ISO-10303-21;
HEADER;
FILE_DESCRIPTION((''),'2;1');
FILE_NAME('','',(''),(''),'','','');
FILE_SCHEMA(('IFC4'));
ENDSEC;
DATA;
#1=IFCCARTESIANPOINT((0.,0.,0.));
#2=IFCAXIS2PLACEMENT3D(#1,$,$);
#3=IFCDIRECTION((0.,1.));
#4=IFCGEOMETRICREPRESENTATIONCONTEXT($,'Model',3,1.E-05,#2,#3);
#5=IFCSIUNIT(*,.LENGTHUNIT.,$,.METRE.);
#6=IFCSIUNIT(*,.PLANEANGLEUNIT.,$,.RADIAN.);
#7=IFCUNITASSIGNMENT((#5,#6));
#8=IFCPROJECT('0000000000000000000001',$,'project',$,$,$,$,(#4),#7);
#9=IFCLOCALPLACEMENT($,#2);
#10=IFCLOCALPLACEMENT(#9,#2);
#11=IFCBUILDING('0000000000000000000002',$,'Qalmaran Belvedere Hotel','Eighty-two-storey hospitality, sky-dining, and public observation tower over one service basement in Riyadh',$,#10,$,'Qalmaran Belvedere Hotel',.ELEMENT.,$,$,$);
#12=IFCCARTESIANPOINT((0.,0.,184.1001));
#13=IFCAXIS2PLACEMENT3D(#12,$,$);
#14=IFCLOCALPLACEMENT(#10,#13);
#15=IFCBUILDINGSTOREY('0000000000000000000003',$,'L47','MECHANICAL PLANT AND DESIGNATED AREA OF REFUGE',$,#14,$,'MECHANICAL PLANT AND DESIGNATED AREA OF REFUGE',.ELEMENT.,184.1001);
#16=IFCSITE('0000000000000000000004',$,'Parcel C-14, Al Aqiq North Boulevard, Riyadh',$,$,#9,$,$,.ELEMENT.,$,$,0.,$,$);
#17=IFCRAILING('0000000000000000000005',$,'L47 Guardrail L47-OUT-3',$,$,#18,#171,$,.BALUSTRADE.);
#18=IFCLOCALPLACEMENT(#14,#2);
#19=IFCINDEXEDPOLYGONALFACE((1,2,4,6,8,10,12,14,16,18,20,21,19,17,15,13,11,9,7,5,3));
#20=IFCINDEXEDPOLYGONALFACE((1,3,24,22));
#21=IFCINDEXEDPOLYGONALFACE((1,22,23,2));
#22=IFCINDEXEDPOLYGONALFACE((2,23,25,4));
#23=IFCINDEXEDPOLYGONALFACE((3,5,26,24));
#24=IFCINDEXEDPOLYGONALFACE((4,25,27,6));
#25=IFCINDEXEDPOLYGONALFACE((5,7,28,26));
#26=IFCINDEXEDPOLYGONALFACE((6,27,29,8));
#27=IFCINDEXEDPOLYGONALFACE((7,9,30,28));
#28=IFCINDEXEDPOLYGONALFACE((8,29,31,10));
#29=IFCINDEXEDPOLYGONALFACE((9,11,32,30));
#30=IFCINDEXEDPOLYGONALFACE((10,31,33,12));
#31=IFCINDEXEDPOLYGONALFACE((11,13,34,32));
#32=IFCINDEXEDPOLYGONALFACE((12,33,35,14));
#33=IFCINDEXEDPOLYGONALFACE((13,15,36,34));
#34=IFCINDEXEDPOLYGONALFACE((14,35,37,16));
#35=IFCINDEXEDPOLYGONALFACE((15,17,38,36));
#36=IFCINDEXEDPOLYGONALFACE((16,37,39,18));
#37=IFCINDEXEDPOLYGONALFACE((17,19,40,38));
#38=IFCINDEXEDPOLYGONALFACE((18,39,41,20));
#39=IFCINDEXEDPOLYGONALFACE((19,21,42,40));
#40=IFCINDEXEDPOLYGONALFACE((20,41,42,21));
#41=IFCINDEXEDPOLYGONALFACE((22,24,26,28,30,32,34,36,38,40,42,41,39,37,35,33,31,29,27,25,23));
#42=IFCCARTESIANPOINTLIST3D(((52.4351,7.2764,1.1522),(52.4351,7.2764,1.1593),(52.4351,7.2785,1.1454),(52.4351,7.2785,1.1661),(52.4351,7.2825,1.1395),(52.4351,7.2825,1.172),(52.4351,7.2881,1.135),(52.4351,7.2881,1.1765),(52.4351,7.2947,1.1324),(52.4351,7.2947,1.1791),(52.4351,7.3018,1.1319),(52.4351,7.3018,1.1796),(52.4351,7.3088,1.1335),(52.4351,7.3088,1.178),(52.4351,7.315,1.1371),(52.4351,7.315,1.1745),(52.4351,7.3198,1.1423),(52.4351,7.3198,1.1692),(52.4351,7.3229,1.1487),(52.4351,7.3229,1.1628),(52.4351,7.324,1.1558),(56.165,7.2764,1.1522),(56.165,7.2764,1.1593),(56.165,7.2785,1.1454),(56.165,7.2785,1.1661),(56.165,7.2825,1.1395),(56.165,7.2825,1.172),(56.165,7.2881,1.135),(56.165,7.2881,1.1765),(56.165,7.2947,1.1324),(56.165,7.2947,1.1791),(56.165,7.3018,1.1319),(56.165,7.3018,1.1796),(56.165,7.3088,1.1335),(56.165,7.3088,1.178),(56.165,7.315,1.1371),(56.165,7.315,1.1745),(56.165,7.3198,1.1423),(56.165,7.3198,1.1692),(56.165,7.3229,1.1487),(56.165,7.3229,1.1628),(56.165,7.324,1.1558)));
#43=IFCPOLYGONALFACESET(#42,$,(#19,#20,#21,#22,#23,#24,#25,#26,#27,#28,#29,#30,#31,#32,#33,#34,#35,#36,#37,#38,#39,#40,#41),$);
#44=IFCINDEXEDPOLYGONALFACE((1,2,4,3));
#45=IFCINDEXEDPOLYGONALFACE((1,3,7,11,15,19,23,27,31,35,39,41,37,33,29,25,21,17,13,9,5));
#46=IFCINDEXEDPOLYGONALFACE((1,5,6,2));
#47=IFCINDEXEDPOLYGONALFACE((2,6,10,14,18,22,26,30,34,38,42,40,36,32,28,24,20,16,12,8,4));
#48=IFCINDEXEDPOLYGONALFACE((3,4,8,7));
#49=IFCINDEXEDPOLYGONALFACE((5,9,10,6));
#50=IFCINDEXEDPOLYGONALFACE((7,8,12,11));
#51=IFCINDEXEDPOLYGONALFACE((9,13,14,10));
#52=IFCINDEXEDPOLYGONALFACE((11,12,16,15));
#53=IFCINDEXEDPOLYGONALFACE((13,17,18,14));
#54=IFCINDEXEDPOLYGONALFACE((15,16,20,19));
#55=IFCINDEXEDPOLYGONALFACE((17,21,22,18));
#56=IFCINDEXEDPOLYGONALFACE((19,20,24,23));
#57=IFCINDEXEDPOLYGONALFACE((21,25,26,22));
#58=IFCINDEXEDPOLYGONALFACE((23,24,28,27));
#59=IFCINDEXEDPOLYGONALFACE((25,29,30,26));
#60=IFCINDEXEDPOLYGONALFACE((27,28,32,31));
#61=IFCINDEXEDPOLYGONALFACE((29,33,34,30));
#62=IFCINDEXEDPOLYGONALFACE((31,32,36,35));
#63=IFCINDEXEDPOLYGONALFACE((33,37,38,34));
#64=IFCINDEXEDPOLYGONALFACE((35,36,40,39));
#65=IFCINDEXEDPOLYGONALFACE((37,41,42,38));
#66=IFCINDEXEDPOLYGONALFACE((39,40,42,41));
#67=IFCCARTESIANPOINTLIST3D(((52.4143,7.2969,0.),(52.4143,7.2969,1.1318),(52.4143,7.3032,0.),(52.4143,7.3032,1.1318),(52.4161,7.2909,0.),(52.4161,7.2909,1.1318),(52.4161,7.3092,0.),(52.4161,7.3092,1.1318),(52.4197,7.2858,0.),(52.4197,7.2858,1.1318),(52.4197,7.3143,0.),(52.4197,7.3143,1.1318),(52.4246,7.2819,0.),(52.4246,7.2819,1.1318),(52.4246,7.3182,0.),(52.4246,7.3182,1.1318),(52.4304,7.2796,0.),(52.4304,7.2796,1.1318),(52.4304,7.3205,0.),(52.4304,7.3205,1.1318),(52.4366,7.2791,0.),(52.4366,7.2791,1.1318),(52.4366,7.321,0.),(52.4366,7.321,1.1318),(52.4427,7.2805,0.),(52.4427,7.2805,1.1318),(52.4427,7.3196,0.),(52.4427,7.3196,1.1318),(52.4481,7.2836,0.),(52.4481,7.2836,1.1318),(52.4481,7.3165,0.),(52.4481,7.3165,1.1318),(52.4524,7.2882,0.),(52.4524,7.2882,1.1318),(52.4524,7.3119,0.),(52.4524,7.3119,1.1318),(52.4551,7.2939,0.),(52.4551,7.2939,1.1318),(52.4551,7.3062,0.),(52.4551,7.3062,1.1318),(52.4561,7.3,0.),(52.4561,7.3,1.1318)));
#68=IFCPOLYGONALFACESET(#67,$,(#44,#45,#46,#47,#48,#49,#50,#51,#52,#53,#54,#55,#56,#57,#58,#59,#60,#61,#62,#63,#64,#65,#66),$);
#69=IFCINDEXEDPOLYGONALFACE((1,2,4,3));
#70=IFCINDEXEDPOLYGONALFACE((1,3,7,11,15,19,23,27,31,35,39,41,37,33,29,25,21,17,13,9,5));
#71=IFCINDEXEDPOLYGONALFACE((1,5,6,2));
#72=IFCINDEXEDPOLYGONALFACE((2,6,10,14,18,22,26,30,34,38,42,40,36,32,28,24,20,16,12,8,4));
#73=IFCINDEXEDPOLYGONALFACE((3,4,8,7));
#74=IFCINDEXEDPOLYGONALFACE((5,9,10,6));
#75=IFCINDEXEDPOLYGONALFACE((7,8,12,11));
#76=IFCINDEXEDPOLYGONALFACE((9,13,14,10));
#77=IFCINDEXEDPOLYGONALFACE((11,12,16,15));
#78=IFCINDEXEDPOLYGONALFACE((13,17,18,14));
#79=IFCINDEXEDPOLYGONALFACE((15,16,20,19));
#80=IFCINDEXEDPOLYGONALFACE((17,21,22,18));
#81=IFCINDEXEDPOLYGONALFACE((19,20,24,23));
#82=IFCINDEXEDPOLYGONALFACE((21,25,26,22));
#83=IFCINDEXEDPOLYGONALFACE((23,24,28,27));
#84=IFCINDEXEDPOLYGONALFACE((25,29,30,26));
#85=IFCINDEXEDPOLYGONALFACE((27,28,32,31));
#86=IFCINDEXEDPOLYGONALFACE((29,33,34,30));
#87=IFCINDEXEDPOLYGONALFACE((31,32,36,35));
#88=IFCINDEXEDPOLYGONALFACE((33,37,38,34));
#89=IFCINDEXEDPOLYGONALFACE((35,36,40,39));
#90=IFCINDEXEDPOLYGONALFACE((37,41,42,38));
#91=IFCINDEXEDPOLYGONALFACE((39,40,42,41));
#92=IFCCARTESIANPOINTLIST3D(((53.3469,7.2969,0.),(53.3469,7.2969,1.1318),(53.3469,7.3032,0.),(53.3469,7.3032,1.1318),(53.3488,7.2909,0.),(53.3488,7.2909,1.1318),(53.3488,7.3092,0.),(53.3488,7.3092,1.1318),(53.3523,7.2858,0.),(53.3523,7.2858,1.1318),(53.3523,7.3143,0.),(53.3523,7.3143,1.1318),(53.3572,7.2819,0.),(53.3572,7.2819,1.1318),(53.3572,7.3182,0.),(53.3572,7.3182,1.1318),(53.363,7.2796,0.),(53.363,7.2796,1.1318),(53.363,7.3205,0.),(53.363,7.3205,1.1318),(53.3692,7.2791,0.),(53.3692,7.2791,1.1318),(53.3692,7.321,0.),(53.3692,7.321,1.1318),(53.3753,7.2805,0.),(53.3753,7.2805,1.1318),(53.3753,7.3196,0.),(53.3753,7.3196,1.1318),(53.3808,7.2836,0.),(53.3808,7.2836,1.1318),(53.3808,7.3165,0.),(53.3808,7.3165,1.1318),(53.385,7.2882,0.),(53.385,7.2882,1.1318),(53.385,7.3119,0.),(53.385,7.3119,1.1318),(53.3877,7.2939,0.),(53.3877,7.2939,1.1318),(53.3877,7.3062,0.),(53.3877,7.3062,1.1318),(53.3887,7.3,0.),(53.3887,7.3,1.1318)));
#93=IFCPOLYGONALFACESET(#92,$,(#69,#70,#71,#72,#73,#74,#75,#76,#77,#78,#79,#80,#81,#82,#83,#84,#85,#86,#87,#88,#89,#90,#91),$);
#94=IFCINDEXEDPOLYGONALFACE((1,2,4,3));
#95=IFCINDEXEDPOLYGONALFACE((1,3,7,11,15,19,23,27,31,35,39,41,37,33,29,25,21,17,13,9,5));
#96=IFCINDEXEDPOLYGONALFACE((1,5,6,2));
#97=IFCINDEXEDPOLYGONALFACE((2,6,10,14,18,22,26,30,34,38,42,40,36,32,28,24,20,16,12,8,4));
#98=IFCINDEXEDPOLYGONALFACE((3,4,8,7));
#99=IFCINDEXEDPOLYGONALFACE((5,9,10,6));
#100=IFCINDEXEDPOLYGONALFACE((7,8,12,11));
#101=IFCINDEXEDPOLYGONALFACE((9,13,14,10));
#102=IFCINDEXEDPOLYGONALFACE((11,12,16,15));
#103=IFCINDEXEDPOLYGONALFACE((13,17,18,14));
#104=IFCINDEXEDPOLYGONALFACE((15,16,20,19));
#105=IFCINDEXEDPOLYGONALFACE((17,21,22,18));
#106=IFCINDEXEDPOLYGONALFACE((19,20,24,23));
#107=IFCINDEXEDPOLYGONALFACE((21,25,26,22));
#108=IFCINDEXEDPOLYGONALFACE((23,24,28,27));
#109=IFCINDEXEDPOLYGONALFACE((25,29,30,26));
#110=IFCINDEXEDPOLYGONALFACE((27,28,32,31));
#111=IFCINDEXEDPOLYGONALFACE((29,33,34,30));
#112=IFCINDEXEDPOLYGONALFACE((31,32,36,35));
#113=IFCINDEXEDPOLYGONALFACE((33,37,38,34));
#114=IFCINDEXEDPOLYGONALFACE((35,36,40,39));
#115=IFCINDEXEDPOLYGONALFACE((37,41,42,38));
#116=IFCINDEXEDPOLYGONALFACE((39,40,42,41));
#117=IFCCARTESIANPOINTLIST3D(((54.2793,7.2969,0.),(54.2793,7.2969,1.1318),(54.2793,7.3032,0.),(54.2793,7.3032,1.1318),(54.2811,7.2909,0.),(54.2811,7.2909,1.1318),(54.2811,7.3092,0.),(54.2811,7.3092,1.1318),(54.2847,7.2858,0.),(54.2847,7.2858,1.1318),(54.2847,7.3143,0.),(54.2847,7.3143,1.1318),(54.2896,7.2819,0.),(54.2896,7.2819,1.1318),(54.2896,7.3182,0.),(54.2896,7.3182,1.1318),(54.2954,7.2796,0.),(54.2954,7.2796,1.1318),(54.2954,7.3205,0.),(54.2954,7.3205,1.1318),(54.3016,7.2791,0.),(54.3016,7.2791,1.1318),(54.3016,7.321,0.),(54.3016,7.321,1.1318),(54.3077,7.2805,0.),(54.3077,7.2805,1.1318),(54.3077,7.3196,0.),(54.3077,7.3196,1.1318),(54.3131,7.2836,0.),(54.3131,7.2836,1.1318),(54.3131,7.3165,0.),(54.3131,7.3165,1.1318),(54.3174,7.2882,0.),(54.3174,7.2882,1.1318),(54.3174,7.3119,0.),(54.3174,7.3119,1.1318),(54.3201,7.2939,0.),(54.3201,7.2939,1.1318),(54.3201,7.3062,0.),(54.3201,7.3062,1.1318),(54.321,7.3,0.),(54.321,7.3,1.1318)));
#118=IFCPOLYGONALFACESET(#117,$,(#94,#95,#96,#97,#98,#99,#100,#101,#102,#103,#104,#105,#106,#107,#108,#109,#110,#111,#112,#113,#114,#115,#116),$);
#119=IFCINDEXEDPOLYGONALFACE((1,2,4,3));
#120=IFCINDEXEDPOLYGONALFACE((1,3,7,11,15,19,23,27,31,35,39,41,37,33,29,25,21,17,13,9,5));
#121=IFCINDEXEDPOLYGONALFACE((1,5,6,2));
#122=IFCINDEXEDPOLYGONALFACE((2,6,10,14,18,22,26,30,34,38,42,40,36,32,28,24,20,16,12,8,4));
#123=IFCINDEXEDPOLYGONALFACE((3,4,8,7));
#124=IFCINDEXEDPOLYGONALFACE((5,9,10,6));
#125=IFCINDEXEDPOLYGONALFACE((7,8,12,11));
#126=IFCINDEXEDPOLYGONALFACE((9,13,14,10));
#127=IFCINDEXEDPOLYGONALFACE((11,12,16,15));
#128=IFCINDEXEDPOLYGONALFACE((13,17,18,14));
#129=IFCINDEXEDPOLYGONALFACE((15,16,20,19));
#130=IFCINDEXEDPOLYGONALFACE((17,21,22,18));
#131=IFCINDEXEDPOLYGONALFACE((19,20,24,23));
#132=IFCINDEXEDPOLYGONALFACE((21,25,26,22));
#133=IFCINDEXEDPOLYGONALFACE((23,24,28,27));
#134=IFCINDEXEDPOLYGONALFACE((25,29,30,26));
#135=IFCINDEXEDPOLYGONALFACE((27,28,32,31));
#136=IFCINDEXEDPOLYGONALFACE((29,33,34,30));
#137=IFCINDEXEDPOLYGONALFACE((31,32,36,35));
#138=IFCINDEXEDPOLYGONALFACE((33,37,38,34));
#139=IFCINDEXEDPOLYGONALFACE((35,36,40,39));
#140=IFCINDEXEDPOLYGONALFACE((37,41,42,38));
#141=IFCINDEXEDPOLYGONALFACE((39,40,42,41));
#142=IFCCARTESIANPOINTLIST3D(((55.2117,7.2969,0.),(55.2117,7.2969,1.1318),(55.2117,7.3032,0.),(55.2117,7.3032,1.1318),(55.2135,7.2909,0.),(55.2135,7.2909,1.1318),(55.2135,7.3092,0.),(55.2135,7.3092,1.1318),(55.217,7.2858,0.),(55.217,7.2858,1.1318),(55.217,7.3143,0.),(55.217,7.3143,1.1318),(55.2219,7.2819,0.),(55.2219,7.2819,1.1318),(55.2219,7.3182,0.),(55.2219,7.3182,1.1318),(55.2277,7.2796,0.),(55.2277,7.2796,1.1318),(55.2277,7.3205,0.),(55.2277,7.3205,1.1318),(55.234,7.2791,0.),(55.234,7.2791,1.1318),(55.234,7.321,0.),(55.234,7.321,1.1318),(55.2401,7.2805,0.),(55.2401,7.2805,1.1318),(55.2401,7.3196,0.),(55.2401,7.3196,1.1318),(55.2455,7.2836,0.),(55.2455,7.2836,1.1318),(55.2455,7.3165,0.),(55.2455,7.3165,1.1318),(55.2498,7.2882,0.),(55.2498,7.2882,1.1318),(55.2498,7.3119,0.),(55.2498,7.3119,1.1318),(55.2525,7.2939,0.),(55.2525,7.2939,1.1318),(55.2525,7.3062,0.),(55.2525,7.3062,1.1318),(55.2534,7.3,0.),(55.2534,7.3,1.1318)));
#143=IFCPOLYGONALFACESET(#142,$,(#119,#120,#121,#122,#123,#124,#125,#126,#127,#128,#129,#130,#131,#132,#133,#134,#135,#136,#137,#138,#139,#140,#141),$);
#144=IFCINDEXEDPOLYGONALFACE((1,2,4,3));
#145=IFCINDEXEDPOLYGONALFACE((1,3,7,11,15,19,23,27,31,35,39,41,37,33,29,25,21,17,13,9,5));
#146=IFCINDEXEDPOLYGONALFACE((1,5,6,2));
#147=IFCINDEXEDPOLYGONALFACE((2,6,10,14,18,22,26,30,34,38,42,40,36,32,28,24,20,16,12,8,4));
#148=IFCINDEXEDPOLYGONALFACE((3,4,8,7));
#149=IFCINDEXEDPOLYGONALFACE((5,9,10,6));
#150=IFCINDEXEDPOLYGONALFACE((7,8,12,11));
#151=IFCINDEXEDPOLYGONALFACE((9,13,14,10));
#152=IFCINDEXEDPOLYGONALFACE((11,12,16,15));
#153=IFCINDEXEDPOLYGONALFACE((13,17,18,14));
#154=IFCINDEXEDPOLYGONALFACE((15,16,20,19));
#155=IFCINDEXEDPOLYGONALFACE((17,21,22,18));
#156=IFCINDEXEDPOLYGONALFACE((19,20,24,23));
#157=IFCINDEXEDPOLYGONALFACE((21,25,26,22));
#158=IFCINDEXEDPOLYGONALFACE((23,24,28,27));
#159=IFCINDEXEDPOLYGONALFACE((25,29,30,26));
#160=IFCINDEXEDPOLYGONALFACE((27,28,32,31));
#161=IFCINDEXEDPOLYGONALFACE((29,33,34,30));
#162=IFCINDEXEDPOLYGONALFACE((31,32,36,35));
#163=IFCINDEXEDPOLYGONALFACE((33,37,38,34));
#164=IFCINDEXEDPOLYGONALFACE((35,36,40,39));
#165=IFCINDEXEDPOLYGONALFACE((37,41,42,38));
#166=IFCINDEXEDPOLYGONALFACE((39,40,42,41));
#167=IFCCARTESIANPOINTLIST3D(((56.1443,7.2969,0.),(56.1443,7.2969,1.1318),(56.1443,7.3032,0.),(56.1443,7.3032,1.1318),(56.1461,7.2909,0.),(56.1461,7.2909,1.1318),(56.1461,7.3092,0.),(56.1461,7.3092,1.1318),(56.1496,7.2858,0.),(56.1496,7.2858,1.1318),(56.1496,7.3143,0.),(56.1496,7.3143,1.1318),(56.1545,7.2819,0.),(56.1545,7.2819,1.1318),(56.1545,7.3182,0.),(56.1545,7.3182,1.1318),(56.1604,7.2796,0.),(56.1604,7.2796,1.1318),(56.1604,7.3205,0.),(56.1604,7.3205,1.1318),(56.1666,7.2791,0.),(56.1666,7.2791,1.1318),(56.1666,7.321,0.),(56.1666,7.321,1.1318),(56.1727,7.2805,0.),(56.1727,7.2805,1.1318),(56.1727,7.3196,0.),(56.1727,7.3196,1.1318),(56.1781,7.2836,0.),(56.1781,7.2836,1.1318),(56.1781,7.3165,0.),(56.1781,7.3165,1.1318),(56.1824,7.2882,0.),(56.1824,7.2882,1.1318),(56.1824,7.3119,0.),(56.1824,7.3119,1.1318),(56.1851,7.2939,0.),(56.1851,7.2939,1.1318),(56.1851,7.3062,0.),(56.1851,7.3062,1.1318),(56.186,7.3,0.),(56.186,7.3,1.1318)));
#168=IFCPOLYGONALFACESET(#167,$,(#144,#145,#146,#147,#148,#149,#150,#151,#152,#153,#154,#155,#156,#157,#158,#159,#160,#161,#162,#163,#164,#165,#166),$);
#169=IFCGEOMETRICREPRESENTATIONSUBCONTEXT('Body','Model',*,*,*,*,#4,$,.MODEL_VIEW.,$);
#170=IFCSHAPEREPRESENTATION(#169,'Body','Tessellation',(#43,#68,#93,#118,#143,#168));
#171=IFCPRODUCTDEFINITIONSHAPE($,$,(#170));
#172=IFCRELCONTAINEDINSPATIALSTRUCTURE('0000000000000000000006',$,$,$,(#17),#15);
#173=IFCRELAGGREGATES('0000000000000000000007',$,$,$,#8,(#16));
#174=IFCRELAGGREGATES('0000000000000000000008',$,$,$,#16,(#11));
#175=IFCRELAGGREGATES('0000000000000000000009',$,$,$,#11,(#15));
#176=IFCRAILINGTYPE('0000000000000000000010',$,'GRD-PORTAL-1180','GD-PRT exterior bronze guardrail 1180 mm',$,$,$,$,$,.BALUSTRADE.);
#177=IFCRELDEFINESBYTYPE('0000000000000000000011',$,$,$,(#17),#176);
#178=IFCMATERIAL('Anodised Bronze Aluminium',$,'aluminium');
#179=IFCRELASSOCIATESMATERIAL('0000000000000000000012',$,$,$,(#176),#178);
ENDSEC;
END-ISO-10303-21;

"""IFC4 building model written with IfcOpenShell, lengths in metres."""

from ifc_helpers import new_model, si_unit, direction, frame, origin, origin_2d, place, context, subcontext, project, spatial, circle, extrude, material, type_object, element, save


model = new_model("IFC4")

# Units and contexts
model_context = context("Model", 3, precision=1e-05, world=origin(), true_north=direction((0.0, 1.0)))
body_context = subcontext(model_context, "Body", "Model", "MODEL_VIEW")
ifc_project = project(units=[si_unit("LENGTHUNIT", "METRE"), si_unit("PLANEANGLEUNIT", "RADIAN")], contexts=[model_context])

# Site, building, storey
site_placement = place(None, origin())
site = spatial("IfcSite", under=ifc_project, at=site_placement, Name="Parcel C-14, Al Aqiq North Boulevard, Riyadh", CompositionType="ELEMENT", RefElevation=0.0)
building_placement = place(site_placement, origin())
building = spatial("IfcBuilding", under=site, at=building_placement, Name="Qalmaran Belvedere Hotel", Description="Eighty-two-storey hospitality, sky-dining, and public observation tower over one service basement in Riyadh", LongName="Qalmaran Belvedere Hotel", CompositionType="ELEMENT")
storey_placement = place(building_placement, frame((0.0, 0.0, 184.1001)))
storey = spatial("IfcBuildingStorey", under=building, at=storey_placement, Name="L47", Description="MECHANICAL PLANT AND DESIGNATED AREA OF REFUGE", LongName="MECHANICAL PLANT AND DESIGNATED AREA OF REFUGE", CompositionType="ELEMENT", Elevation=184.1001)

# Railing
ifc_material_1 = material(Name="Anodised Bronze Aluminium", Category="aluminium")
railing_type_1 = type_object("IfcRailingType", Name="GRD-PORTAL-1180", Description="GD-PRT exterior bronze guardrail 1180 mm", PredefinedType="BALUSTRADE", material=ifc_material_1)
railing_1_placement = place(storey_placement, frame((52.4351, 7.3, 0.0)))
element("IfcRailing", 1, at=railing_1_placement, inside=storey, type_object=railing_type_1, Name="L47 Guardrail L47-OUT-3", PredefinedType="BALUSTRADE", context=body_context, shape_type="SweptSolid", body=[
    extrude(circle(Radius=0.0239, at=origin_2d()), frame((0.0, 0.0, 1.1558), z_axis=(1.0, 0.0, 0.0), x_axis=(0.0, 1.0, 0.0)), (0.0, 0.0, 1.0), 3.73),
    extrude(circle(Radius=0.021, at=origin_2d()), origin(), (0.0, 0.0, 1.0), 1.1318),
    extrude(circle(Radius=0.021, at=origin_2d()), frame((0.9326, 0.0, 0.0)), (0.0, 0.0, 1.0), 1.1318),
    extrude(circle(Radius=0.021, at=origin_2d()), frame((1.865, 0.0, 0.0)), (0.0, 0.0, 1.0), 1.1318),
    extrude(circle(Radius=0.021, at=origin_2d()), frame((2.7974, 0.0, 0.0)), (0.0, 0.0, 1.0), 1.1318),
    extrude(circle(Radius=0.021, at=origin_2d()), frame((3.73, 0.0, 0.0)), (0.0, 0.0, 1.0), 1.1318),
])

save(model, "model.ifc")
